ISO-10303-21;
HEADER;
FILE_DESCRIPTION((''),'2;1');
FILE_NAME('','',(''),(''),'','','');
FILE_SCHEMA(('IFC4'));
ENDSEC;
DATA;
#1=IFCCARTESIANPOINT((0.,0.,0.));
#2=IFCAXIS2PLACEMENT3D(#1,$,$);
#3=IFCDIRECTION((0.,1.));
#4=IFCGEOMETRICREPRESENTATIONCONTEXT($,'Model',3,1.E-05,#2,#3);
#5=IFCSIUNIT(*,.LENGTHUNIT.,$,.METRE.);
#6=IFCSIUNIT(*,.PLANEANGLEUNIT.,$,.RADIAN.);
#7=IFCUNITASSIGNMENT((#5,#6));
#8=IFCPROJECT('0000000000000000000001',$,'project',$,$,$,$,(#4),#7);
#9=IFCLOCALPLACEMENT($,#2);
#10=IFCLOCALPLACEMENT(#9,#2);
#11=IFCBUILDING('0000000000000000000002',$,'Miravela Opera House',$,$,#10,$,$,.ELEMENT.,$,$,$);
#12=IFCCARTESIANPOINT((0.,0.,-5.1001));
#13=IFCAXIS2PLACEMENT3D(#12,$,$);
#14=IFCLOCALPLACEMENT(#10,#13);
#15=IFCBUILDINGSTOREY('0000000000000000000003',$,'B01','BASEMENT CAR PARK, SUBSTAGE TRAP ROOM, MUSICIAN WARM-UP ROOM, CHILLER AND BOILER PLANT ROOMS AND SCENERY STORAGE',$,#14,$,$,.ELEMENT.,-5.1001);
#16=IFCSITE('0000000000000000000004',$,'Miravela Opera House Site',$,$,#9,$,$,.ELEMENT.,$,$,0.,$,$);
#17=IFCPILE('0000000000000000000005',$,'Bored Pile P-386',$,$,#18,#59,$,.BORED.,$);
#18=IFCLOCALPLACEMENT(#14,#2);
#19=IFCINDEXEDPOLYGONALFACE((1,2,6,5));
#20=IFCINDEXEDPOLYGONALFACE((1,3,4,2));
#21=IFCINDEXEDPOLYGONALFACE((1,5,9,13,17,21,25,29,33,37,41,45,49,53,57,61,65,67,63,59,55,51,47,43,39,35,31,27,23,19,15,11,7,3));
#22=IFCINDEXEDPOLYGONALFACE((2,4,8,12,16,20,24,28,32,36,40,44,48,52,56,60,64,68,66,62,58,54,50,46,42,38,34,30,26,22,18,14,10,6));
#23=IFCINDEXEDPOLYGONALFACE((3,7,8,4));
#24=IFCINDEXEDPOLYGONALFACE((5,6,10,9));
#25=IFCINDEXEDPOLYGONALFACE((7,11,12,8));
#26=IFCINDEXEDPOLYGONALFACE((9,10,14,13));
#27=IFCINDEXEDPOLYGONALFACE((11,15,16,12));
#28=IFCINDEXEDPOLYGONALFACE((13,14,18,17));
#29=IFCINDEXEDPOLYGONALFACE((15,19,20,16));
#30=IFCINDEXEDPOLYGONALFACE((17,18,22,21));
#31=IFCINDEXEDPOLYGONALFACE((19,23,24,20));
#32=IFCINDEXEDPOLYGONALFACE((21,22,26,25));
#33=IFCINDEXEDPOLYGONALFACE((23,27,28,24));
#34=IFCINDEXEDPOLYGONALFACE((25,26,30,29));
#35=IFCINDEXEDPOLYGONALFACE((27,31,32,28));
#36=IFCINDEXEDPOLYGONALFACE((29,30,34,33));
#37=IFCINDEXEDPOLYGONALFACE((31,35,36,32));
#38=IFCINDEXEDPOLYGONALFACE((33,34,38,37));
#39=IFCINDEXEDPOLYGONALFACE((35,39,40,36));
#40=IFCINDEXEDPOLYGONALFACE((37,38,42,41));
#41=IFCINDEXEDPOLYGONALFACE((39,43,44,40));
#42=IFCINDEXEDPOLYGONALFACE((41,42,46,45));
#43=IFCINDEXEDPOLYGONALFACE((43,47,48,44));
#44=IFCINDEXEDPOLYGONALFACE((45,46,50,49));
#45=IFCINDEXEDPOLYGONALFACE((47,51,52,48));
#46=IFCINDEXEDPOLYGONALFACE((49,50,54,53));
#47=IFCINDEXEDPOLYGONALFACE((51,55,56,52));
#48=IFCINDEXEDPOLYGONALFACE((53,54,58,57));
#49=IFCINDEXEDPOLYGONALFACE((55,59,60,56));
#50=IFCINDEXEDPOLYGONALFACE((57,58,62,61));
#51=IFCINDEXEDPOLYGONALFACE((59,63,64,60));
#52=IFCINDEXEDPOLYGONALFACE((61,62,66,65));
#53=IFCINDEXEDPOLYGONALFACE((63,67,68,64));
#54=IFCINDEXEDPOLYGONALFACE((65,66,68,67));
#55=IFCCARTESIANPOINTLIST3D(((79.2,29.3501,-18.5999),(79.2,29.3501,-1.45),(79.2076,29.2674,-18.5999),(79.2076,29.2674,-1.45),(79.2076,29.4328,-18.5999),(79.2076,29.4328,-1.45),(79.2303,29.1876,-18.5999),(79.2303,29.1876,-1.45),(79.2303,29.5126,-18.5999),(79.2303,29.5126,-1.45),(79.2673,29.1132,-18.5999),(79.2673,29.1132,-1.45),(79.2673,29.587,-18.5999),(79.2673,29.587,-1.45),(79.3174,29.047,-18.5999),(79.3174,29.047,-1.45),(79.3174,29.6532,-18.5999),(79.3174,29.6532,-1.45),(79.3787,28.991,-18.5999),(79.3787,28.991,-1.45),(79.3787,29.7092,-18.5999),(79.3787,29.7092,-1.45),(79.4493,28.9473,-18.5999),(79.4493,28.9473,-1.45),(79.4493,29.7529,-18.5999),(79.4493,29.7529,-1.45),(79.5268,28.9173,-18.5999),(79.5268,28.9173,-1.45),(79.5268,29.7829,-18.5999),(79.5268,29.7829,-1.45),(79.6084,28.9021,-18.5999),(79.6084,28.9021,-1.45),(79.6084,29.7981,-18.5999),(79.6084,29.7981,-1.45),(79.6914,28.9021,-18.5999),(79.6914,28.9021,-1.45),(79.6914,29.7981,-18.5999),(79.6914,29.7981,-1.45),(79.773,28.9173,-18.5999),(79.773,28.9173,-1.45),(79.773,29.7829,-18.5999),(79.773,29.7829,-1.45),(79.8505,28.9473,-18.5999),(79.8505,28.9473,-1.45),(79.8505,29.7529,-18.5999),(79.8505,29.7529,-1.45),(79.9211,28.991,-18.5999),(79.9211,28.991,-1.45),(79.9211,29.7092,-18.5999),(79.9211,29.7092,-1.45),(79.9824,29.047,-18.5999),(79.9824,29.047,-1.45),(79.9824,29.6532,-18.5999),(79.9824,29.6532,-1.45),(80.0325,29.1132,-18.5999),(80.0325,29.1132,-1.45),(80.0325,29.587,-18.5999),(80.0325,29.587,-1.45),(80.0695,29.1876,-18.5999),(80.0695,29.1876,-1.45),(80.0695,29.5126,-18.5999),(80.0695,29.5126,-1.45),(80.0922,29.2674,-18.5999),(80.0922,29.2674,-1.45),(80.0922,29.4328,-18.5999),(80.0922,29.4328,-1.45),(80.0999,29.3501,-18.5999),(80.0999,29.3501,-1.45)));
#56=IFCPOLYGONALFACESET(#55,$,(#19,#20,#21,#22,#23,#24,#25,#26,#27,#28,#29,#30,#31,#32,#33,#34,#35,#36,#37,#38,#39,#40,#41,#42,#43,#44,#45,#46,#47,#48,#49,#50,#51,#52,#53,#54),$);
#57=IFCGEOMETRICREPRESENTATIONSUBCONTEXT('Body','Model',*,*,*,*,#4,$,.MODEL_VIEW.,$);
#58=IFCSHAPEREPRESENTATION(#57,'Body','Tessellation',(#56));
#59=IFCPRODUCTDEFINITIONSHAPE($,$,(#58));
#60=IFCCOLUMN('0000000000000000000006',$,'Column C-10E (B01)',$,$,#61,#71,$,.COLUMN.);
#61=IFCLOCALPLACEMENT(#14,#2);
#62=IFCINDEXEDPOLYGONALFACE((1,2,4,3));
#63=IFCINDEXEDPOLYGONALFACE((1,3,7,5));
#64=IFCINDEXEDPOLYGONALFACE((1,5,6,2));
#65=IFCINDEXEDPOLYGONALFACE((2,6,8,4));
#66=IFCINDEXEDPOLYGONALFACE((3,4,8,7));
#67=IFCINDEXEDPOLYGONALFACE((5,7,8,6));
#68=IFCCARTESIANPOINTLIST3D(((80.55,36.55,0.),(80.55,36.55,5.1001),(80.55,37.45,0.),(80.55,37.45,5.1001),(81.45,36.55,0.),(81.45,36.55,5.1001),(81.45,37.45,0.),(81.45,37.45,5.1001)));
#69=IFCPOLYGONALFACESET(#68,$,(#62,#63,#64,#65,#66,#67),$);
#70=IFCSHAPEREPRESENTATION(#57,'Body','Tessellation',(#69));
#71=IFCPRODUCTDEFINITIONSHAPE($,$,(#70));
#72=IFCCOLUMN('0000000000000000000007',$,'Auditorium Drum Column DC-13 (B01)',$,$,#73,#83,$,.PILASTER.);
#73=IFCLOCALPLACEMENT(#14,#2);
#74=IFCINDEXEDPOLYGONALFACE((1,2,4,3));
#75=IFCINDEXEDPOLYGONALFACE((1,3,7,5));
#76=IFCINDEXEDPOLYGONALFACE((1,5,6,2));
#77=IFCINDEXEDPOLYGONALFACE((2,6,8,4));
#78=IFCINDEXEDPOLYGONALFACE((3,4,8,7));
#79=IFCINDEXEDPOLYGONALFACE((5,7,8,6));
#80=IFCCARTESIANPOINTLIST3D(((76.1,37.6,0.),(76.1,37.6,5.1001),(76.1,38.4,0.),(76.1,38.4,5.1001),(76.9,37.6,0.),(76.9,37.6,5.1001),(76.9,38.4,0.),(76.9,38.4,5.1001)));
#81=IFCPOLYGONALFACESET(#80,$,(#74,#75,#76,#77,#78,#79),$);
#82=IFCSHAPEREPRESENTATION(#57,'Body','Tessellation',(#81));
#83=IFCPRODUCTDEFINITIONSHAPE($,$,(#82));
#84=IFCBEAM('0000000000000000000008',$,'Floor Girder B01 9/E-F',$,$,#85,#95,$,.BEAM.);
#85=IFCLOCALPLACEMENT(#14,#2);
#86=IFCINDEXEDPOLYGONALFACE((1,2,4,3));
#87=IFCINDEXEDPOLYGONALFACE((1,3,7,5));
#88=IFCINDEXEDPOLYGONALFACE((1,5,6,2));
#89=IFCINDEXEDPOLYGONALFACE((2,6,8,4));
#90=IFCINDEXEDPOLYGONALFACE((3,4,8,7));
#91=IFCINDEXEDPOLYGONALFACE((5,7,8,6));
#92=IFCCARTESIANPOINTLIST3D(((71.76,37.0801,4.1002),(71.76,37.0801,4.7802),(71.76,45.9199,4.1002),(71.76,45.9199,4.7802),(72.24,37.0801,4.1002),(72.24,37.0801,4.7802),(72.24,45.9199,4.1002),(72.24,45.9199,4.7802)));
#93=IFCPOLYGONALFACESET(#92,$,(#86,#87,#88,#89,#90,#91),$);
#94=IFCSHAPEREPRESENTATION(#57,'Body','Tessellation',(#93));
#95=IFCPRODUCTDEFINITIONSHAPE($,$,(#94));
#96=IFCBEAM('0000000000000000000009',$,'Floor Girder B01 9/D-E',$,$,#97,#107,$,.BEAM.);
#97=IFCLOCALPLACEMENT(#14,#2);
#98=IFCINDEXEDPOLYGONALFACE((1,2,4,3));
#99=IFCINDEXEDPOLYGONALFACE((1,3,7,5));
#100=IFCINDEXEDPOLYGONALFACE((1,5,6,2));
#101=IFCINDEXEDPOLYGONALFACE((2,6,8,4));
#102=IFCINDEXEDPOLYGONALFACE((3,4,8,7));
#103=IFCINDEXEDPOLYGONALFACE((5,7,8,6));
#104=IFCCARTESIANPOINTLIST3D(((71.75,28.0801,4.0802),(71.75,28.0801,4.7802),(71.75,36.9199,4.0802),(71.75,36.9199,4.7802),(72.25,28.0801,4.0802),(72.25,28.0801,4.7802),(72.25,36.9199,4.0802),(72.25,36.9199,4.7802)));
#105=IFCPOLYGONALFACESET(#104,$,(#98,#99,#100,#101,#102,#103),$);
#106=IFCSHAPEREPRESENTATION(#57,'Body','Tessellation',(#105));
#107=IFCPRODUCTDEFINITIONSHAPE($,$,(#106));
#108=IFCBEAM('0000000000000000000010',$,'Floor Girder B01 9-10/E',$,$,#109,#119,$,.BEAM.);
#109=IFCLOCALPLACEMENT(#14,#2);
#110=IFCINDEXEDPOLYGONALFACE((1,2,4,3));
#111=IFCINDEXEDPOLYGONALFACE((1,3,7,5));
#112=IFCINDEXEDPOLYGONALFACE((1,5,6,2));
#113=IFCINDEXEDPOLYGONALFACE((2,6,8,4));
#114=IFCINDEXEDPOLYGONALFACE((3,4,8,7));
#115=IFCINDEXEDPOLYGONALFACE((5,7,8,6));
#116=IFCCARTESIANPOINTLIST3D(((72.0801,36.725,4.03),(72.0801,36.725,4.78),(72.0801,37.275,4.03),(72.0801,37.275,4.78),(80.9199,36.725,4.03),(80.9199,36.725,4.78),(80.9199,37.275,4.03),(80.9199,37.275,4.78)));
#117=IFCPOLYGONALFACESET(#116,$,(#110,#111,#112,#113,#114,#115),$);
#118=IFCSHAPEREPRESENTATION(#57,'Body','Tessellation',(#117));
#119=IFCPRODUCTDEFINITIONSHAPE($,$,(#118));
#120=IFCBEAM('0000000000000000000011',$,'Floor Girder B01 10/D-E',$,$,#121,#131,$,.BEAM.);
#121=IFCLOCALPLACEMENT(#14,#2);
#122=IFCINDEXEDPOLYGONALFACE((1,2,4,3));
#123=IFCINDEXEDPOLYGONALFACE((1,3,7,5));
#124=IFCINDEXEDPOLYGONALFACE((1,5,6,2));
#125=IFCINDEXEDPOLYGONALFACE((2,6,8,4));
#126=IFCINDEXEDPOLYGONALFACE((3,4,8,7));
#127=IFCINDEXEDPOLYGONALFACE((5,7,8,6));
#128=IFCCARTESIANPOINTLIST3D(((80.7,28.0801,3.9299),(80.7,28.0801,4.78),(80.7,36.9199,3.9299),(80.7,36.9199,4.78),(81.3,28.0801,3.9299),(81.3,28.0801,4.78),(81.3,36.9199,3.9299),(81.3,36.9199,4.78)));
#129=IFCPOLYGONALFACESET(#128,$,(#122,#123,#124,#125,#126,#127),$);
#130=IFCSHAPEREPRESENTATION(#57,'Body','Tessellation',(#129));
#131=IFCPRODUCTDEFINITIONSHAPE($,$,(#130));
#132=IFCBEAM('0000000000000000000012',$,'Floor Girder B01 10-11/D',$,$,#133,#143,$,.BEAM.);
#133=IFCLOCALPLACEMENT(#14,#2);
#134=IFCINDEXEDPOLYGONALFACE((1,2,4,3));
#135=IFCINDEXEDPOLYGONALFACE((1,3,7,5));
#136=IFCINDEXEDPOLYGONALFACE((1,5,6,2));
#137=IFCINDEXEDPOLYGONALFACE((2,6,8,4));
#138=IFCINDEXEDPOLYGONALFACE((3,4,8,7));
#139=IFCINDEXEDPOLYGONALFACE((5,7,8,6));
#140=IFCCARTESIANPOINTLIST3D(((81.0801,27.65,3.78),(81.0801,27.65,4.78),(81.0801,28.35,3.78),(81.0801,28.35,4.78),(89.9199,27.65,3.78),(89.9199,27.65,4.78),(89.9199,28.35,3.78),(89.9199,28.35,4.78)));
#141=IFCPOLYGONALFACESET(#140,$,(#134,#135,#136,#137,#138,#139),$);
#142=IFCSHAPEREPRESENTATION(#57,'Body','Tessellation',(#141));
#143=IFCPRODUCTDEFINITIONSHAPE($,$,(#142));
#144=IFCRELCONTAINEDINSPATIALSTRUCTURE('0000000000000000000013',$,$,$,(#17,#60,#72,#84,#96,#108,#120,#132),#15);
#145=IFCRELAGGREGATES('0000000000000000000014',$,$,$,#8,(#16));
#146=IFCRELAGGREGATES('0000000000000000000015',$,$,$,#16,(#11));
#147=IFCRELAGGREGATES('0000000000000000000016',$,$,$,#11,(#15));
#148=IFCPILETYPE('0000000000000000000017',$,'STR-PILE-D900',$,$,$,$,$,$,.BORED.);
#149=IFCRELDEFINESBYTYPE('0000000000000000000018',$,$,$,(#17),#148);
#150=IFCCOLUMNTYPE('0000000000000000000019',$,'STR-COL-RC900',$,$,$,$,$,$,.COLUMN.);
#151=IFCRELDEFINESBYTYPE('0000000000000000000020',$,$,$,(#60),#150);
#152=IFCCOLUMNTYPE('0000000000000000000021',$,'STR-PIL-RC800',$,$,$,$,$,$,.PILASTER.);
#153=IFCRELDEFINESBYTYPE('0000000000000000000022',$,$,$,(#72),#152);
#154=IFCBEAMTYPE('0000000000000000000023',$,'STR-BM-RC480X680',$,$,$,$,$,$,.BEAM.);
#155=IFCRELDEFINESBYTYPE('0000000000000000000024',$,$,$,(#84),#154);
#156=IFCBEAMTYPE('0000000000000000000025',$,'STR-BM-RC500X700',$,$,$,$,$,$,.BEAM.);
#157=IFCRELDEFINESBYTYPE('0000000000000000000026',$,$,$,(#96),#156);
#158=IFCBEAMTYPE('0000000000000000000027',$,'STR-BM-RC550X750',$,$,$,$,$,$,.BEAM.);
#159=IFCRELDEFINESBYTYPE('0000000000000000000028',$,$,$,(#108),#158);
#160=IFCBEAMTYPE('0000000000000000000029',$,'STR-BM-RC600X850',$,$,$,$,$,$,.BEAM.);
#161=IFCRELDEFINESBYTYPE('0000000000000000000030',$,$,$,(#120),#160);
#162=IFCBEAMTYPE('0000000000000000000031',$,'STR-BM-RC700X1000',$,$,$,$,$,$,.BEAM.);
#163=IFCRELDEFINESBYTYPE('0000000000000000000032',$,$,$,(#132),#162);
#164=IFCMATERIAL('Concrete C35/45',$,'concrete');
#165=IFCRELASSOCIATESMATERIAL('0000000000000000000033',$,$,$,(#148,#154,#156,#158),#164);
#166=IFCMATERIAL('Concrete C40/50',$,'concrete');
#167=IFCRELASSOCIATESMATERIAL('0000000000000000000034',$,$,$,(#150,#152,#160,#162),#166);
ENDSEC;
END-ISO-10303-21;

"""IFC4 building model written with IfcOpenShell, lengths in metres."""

from ifc_helpers import new_model, si_unit, direction, frame, origin, origin_2d, place, context, subcontext, project, spatial, rectangle, circle, extrude, material, material_profile, profile_set, type_object, element, save


model = new_model("IFC4")

# Units and contexts
model_context = context("Model", 3, precision=1e-05, world=origin(), true_north=direction((0.0, 1.0)))
body_context = subcontext(model_context, "Body", "Model", "MODEL_VIEW")
ifc_project = project(units=[si_unit("LENGTHUNIT", "METRE"), si_unit("PLANEANGLEUNIT", "RADIAN")], contexts=[model_context])

# Site, building, storey
site_placement = place(None, origin())
site = spatial("IfcSite", under=ifc_project, at=site_placement, Name="Miravela Opera House Site", CompositionType="ELEMENT", RefElevation=0.0)
building_placement = place(site_placement, origin())
building = spatial("IfcBuilding", under=site, at=building_placement, Name="Miravela Opera House", CompositionType="ELEMENT")
storey_placement = place(building_placement, frame((0.0, 0.0, -5.1001)))
storey = spatial("IfcBuildingStorey", under=building, at=storey_placement, Name="B01", Description="BASEMENT CAR PARK, SUBSTAGE TRAP ROOM, MUSICIAN WARM-UP ROOM, CHILLER AND BOILER PLANT ROOMS AND SCENERY STORAGE", CompositionType="ELEMENT", Elevation=-5.1001)

# Shared definitions
ifc_material_1 = material(Name="Concrete C35/45", Category="concrete")

# Pile
ifc_material_profile_1 = material_profile(ifc_material_1, circle(Radius=0.45, at=origin_2d()), Name="PILE-D900")
ifc_profile_set_1 = profile_set([ifc_material_profile_1])
pile_type_1 = type_object("IfcPileType", Name="STR-PILE-D900", PredefinedType="BORED", material=ifc_profile_set_1)
for number, where, z_axis, x_axis, name in (
    (1, (79.6499, 29.3501, -1.45), (0.0, 0.0, -1.0), (1.0, 0.0, 0.0), "Bored Pile P-386"),
):
    element("IfcPile", number, at=place(storey_placement, frame(where, z_axis=z_axis, x_axis=x_axis)), inside=storey, type_object=pile_type_1, Name=name, PredefinedType="BORED", context=body_context, shape_type="SweptSolid", body=[
        extrude(circle(Radius=0.45, at=origin_2d()), origin(), (0.0, 0.0, 1.0), 17.1499),
    ])

# Columns
ifc_material_2 = material(Name="Concrete C40/50", Category="concrete")
ifc_material_profile_2 = material_profile(ifc_material_2, rectangle(XDim=0.8999, YDim=0.8999, at=origin_2d()), Name="RC-COL-900X900")
ifc_profile_set_2 = profile_set([ifc_material_profile_2])
column_type_1 = type_object("IfcColumnType", Name="STR-COL-RC900", PredefinedType="COLUMN", material=ifc_profile_set_2)
column_1_placement = place(storey_placement, frame((81.0, 37.0, 0.0), z_axis=(0.0, 0.0, 1.0), x_axis=(1.0, 0.0, 0.0)))
element("IfcColumn", 2, at=column_1_placement, inside=storey, type_object=column_type_1, Name="Column C-10E (B01)", PredefinedType="COLUMN", context=body_context, shape_type="SweptSolid", body=[
    extrude(rectangle(XDim=0.8999, YDim=0.8999, at=origin_2d()), origin(), (0.0, 0.0, 1.0), 5.1001),
])
ifc_material_profile_3 = material_profile(ifc_material_2, rectangle(XDim=0.8, YDim=0.8, at=origin_2d()), Name="RC-COL-800X800")
ifc_profile_set_3 = profile_set([ifc_material_profile_3])
column_type_2 = type_object("IfcColumnType", Name="STR-PIL-RC800", PredefinedType="PILASTER", material=ifc_profile_set_3)
column_2_placement = place(storey_placement, frame((76.5, 38.0, 0.0), z_axis=(0.0, 0.0, 1.0), x_axis=(0.0, -1.0, 0.0)))
element("IfcColumn", 3, at=column_2_placement, inside=storey, type_object=column_type_2, Name="Auditorium Drum Column DC-13 (B01)", PredefinedType="PILASTER", context=body_context, shape_type="SweptSolid", body=[
    extrude(rectangle(XDim=0.8, YDim=0.8, at=origin_2d()), origin(), (0.0, 0.0, 1.0), 5.1001),
])

# Beams
ifc_material_profile_4 = material_profile(ifc_material_1, rectangle(XDim=0.48, YDim=0.6799, at=origin_2d()), Name="RC-BM-480X680")
ifc_profile_set_4 = profile_set([ifc_material_profile_4])
beam_type_1 = type_object("IfcBeamType", Name="STR-BM-RC480X680", PredefinedType="BEAM", material=ifc_profile_set_4)
beam_1_placement = place(storey_placement, frame((72.0, 37.0801, 4.4402), z_axis=(0.0, 1.0, 0.0), x_axis=(-1.0, 0.0, 0.0)))
element("IfcBeam", 4, at=beam_1_placement, inside=storey, type_object=beam_type_1, Name="Floor Girder B01 9/E-F", PredefinedType="BEAM", context=body_context, shape_type="SweptSolid", body=[
    extrude(rectangle(XDim=0.48, YDim=0.6799, at=origin_2d()), origin(), (0.0, 0.0, 1.0), 8.8398),
])
ifc_material_profile_5 = material_profile(ifc_material_1, rectangle(XDim=0.5, YDim=0.7, at=origin_2d()), Name="RC-BM-500X700")
ifc_profile_set_5 = profile_set([ifc_material_profile_5])
beam_type_2 = type_object("IfcBeamType", Name="STR-BM-RC500X700", PredefinedType="BEAM", material=ifc_profile_set_5)
beam_2_placement = place(storey_placement, frame((72.0, 28.0801, 4.4302), z_axis=(0.0, 1.0, 0.0), x_axis=(-1.0, 0.0, 0.0)))
element("IfcBeam", 5, at=beam_2_placement, inside=storey, type_object=beam_type_2, Name="Floor Girder B01 9/D-E", PredefinedType="BEAM", context=body_context, shape_type="SweptSolid", body=[
    extrude(rectangle(XDim=0.5, YDim=0.7, at=origin_2d()), origin(), (0.0, 0.0, 1.0), 8.8398),
])
ifc_material_profile_6 = material_profile(ifc_material_1, rectangle(XDim=0.55, YDim=0.75, at=origin_2d()), Name="RC-BM-550X750")
ifc_profile_set_6 = profile_set([ifc_material_profile_6])
beam_type_3 = type_object("IfcBeamType", Name="STR-BM-RC550X750", PredefinedType="BEAM", material=ifc_profile_set_6)
beam_3_placement = place(storey_placement, frame((72.0801, 37.0, 4.405), z_axis=(1.0, 0.0, 0.0), x_axis=(0.0, 1.0, 0.0)))
element("IfcBeam", 6, at=beam_3_placement, inside=storey, type_object=beam_type_3, Name="Floor Girder B01 9-10/E", PredefinedType="BEAM", context=body_context, shape_type="SweptSolid", body=[
    extrude(rectangle(XDim=0.55, YDim=0.75, at=origin_2d()), origin(), (0.0, 0.0, 1.0), 8.8398),
])
ifc_material_profile_7 = material_profile(ifc_material_2, rectangle(XDim=0.6001, YDim=0.8501, at=origin_2d()), Name="RC-BM-600X850")
ifc_profile_set_7 = profile_set([ifc_material_profile_7])
beam_type_4 = type_object("IfcBeamType", Name="STR-BM-RC600X850", PredefinedType="BEAM", material=ifc_profile_set_7)
beam_4_placement = place(storey_placement, frame((81.0, 28.0801, 4.355), z_axis=(0.0, 1.0, 0.0), x_axis=(-1.0, 0.0, 0.0)))
element("IfcBeam", 7, at=beam_4_placement, inside=storey, type_object=beam_type_4, Name="Floor Girder B01 10/D-E", PredefinedType="BEAM", context=body_context, shape_type="SweptSolid", body=[
    extrude(rectangle(XDim=0.6001, YDim=0.8501, at=origin_2d()), origin(), (0.0, 0.0, 1.0), 8.8398),
])
ifc_material_profile_8 = material_profile(ifc_material_2, rectangle(XDim=0.7, YDim=1.0, at=origin_2d()), Name="RC-BM-700X1000")
ifc_profile_set_8 = profile_set([ifc_material_profile_8])
beam_type_5 = type_object("IfcBeamType", Name="STR-BM-RC700X1000", PredefinedType="BEAM", material=ifc_profile_set_8)
beam_5_placement = place(storey_placement, frame((81.0801, 28.0, 4.28), z_axis=(1.0, 0.0, 0.0), x_axis=(0.0, 1.0, 0.0)))
element("IfcBeam", 8, at=beam_5_placement, inside=storey, type_object=beam_type_5, Name="Floor Girder B01 10-11/D", PredefinedType="BEAM", context=body_context, shape_type="SweptSolid", body=[
    extrude(rectangle(XDim=0.7, YDim=1.0, at=origin_2d()), origin(), (0.0, 0.0, 1.0), 8.8398),
])

save(model, "model.ifc")
